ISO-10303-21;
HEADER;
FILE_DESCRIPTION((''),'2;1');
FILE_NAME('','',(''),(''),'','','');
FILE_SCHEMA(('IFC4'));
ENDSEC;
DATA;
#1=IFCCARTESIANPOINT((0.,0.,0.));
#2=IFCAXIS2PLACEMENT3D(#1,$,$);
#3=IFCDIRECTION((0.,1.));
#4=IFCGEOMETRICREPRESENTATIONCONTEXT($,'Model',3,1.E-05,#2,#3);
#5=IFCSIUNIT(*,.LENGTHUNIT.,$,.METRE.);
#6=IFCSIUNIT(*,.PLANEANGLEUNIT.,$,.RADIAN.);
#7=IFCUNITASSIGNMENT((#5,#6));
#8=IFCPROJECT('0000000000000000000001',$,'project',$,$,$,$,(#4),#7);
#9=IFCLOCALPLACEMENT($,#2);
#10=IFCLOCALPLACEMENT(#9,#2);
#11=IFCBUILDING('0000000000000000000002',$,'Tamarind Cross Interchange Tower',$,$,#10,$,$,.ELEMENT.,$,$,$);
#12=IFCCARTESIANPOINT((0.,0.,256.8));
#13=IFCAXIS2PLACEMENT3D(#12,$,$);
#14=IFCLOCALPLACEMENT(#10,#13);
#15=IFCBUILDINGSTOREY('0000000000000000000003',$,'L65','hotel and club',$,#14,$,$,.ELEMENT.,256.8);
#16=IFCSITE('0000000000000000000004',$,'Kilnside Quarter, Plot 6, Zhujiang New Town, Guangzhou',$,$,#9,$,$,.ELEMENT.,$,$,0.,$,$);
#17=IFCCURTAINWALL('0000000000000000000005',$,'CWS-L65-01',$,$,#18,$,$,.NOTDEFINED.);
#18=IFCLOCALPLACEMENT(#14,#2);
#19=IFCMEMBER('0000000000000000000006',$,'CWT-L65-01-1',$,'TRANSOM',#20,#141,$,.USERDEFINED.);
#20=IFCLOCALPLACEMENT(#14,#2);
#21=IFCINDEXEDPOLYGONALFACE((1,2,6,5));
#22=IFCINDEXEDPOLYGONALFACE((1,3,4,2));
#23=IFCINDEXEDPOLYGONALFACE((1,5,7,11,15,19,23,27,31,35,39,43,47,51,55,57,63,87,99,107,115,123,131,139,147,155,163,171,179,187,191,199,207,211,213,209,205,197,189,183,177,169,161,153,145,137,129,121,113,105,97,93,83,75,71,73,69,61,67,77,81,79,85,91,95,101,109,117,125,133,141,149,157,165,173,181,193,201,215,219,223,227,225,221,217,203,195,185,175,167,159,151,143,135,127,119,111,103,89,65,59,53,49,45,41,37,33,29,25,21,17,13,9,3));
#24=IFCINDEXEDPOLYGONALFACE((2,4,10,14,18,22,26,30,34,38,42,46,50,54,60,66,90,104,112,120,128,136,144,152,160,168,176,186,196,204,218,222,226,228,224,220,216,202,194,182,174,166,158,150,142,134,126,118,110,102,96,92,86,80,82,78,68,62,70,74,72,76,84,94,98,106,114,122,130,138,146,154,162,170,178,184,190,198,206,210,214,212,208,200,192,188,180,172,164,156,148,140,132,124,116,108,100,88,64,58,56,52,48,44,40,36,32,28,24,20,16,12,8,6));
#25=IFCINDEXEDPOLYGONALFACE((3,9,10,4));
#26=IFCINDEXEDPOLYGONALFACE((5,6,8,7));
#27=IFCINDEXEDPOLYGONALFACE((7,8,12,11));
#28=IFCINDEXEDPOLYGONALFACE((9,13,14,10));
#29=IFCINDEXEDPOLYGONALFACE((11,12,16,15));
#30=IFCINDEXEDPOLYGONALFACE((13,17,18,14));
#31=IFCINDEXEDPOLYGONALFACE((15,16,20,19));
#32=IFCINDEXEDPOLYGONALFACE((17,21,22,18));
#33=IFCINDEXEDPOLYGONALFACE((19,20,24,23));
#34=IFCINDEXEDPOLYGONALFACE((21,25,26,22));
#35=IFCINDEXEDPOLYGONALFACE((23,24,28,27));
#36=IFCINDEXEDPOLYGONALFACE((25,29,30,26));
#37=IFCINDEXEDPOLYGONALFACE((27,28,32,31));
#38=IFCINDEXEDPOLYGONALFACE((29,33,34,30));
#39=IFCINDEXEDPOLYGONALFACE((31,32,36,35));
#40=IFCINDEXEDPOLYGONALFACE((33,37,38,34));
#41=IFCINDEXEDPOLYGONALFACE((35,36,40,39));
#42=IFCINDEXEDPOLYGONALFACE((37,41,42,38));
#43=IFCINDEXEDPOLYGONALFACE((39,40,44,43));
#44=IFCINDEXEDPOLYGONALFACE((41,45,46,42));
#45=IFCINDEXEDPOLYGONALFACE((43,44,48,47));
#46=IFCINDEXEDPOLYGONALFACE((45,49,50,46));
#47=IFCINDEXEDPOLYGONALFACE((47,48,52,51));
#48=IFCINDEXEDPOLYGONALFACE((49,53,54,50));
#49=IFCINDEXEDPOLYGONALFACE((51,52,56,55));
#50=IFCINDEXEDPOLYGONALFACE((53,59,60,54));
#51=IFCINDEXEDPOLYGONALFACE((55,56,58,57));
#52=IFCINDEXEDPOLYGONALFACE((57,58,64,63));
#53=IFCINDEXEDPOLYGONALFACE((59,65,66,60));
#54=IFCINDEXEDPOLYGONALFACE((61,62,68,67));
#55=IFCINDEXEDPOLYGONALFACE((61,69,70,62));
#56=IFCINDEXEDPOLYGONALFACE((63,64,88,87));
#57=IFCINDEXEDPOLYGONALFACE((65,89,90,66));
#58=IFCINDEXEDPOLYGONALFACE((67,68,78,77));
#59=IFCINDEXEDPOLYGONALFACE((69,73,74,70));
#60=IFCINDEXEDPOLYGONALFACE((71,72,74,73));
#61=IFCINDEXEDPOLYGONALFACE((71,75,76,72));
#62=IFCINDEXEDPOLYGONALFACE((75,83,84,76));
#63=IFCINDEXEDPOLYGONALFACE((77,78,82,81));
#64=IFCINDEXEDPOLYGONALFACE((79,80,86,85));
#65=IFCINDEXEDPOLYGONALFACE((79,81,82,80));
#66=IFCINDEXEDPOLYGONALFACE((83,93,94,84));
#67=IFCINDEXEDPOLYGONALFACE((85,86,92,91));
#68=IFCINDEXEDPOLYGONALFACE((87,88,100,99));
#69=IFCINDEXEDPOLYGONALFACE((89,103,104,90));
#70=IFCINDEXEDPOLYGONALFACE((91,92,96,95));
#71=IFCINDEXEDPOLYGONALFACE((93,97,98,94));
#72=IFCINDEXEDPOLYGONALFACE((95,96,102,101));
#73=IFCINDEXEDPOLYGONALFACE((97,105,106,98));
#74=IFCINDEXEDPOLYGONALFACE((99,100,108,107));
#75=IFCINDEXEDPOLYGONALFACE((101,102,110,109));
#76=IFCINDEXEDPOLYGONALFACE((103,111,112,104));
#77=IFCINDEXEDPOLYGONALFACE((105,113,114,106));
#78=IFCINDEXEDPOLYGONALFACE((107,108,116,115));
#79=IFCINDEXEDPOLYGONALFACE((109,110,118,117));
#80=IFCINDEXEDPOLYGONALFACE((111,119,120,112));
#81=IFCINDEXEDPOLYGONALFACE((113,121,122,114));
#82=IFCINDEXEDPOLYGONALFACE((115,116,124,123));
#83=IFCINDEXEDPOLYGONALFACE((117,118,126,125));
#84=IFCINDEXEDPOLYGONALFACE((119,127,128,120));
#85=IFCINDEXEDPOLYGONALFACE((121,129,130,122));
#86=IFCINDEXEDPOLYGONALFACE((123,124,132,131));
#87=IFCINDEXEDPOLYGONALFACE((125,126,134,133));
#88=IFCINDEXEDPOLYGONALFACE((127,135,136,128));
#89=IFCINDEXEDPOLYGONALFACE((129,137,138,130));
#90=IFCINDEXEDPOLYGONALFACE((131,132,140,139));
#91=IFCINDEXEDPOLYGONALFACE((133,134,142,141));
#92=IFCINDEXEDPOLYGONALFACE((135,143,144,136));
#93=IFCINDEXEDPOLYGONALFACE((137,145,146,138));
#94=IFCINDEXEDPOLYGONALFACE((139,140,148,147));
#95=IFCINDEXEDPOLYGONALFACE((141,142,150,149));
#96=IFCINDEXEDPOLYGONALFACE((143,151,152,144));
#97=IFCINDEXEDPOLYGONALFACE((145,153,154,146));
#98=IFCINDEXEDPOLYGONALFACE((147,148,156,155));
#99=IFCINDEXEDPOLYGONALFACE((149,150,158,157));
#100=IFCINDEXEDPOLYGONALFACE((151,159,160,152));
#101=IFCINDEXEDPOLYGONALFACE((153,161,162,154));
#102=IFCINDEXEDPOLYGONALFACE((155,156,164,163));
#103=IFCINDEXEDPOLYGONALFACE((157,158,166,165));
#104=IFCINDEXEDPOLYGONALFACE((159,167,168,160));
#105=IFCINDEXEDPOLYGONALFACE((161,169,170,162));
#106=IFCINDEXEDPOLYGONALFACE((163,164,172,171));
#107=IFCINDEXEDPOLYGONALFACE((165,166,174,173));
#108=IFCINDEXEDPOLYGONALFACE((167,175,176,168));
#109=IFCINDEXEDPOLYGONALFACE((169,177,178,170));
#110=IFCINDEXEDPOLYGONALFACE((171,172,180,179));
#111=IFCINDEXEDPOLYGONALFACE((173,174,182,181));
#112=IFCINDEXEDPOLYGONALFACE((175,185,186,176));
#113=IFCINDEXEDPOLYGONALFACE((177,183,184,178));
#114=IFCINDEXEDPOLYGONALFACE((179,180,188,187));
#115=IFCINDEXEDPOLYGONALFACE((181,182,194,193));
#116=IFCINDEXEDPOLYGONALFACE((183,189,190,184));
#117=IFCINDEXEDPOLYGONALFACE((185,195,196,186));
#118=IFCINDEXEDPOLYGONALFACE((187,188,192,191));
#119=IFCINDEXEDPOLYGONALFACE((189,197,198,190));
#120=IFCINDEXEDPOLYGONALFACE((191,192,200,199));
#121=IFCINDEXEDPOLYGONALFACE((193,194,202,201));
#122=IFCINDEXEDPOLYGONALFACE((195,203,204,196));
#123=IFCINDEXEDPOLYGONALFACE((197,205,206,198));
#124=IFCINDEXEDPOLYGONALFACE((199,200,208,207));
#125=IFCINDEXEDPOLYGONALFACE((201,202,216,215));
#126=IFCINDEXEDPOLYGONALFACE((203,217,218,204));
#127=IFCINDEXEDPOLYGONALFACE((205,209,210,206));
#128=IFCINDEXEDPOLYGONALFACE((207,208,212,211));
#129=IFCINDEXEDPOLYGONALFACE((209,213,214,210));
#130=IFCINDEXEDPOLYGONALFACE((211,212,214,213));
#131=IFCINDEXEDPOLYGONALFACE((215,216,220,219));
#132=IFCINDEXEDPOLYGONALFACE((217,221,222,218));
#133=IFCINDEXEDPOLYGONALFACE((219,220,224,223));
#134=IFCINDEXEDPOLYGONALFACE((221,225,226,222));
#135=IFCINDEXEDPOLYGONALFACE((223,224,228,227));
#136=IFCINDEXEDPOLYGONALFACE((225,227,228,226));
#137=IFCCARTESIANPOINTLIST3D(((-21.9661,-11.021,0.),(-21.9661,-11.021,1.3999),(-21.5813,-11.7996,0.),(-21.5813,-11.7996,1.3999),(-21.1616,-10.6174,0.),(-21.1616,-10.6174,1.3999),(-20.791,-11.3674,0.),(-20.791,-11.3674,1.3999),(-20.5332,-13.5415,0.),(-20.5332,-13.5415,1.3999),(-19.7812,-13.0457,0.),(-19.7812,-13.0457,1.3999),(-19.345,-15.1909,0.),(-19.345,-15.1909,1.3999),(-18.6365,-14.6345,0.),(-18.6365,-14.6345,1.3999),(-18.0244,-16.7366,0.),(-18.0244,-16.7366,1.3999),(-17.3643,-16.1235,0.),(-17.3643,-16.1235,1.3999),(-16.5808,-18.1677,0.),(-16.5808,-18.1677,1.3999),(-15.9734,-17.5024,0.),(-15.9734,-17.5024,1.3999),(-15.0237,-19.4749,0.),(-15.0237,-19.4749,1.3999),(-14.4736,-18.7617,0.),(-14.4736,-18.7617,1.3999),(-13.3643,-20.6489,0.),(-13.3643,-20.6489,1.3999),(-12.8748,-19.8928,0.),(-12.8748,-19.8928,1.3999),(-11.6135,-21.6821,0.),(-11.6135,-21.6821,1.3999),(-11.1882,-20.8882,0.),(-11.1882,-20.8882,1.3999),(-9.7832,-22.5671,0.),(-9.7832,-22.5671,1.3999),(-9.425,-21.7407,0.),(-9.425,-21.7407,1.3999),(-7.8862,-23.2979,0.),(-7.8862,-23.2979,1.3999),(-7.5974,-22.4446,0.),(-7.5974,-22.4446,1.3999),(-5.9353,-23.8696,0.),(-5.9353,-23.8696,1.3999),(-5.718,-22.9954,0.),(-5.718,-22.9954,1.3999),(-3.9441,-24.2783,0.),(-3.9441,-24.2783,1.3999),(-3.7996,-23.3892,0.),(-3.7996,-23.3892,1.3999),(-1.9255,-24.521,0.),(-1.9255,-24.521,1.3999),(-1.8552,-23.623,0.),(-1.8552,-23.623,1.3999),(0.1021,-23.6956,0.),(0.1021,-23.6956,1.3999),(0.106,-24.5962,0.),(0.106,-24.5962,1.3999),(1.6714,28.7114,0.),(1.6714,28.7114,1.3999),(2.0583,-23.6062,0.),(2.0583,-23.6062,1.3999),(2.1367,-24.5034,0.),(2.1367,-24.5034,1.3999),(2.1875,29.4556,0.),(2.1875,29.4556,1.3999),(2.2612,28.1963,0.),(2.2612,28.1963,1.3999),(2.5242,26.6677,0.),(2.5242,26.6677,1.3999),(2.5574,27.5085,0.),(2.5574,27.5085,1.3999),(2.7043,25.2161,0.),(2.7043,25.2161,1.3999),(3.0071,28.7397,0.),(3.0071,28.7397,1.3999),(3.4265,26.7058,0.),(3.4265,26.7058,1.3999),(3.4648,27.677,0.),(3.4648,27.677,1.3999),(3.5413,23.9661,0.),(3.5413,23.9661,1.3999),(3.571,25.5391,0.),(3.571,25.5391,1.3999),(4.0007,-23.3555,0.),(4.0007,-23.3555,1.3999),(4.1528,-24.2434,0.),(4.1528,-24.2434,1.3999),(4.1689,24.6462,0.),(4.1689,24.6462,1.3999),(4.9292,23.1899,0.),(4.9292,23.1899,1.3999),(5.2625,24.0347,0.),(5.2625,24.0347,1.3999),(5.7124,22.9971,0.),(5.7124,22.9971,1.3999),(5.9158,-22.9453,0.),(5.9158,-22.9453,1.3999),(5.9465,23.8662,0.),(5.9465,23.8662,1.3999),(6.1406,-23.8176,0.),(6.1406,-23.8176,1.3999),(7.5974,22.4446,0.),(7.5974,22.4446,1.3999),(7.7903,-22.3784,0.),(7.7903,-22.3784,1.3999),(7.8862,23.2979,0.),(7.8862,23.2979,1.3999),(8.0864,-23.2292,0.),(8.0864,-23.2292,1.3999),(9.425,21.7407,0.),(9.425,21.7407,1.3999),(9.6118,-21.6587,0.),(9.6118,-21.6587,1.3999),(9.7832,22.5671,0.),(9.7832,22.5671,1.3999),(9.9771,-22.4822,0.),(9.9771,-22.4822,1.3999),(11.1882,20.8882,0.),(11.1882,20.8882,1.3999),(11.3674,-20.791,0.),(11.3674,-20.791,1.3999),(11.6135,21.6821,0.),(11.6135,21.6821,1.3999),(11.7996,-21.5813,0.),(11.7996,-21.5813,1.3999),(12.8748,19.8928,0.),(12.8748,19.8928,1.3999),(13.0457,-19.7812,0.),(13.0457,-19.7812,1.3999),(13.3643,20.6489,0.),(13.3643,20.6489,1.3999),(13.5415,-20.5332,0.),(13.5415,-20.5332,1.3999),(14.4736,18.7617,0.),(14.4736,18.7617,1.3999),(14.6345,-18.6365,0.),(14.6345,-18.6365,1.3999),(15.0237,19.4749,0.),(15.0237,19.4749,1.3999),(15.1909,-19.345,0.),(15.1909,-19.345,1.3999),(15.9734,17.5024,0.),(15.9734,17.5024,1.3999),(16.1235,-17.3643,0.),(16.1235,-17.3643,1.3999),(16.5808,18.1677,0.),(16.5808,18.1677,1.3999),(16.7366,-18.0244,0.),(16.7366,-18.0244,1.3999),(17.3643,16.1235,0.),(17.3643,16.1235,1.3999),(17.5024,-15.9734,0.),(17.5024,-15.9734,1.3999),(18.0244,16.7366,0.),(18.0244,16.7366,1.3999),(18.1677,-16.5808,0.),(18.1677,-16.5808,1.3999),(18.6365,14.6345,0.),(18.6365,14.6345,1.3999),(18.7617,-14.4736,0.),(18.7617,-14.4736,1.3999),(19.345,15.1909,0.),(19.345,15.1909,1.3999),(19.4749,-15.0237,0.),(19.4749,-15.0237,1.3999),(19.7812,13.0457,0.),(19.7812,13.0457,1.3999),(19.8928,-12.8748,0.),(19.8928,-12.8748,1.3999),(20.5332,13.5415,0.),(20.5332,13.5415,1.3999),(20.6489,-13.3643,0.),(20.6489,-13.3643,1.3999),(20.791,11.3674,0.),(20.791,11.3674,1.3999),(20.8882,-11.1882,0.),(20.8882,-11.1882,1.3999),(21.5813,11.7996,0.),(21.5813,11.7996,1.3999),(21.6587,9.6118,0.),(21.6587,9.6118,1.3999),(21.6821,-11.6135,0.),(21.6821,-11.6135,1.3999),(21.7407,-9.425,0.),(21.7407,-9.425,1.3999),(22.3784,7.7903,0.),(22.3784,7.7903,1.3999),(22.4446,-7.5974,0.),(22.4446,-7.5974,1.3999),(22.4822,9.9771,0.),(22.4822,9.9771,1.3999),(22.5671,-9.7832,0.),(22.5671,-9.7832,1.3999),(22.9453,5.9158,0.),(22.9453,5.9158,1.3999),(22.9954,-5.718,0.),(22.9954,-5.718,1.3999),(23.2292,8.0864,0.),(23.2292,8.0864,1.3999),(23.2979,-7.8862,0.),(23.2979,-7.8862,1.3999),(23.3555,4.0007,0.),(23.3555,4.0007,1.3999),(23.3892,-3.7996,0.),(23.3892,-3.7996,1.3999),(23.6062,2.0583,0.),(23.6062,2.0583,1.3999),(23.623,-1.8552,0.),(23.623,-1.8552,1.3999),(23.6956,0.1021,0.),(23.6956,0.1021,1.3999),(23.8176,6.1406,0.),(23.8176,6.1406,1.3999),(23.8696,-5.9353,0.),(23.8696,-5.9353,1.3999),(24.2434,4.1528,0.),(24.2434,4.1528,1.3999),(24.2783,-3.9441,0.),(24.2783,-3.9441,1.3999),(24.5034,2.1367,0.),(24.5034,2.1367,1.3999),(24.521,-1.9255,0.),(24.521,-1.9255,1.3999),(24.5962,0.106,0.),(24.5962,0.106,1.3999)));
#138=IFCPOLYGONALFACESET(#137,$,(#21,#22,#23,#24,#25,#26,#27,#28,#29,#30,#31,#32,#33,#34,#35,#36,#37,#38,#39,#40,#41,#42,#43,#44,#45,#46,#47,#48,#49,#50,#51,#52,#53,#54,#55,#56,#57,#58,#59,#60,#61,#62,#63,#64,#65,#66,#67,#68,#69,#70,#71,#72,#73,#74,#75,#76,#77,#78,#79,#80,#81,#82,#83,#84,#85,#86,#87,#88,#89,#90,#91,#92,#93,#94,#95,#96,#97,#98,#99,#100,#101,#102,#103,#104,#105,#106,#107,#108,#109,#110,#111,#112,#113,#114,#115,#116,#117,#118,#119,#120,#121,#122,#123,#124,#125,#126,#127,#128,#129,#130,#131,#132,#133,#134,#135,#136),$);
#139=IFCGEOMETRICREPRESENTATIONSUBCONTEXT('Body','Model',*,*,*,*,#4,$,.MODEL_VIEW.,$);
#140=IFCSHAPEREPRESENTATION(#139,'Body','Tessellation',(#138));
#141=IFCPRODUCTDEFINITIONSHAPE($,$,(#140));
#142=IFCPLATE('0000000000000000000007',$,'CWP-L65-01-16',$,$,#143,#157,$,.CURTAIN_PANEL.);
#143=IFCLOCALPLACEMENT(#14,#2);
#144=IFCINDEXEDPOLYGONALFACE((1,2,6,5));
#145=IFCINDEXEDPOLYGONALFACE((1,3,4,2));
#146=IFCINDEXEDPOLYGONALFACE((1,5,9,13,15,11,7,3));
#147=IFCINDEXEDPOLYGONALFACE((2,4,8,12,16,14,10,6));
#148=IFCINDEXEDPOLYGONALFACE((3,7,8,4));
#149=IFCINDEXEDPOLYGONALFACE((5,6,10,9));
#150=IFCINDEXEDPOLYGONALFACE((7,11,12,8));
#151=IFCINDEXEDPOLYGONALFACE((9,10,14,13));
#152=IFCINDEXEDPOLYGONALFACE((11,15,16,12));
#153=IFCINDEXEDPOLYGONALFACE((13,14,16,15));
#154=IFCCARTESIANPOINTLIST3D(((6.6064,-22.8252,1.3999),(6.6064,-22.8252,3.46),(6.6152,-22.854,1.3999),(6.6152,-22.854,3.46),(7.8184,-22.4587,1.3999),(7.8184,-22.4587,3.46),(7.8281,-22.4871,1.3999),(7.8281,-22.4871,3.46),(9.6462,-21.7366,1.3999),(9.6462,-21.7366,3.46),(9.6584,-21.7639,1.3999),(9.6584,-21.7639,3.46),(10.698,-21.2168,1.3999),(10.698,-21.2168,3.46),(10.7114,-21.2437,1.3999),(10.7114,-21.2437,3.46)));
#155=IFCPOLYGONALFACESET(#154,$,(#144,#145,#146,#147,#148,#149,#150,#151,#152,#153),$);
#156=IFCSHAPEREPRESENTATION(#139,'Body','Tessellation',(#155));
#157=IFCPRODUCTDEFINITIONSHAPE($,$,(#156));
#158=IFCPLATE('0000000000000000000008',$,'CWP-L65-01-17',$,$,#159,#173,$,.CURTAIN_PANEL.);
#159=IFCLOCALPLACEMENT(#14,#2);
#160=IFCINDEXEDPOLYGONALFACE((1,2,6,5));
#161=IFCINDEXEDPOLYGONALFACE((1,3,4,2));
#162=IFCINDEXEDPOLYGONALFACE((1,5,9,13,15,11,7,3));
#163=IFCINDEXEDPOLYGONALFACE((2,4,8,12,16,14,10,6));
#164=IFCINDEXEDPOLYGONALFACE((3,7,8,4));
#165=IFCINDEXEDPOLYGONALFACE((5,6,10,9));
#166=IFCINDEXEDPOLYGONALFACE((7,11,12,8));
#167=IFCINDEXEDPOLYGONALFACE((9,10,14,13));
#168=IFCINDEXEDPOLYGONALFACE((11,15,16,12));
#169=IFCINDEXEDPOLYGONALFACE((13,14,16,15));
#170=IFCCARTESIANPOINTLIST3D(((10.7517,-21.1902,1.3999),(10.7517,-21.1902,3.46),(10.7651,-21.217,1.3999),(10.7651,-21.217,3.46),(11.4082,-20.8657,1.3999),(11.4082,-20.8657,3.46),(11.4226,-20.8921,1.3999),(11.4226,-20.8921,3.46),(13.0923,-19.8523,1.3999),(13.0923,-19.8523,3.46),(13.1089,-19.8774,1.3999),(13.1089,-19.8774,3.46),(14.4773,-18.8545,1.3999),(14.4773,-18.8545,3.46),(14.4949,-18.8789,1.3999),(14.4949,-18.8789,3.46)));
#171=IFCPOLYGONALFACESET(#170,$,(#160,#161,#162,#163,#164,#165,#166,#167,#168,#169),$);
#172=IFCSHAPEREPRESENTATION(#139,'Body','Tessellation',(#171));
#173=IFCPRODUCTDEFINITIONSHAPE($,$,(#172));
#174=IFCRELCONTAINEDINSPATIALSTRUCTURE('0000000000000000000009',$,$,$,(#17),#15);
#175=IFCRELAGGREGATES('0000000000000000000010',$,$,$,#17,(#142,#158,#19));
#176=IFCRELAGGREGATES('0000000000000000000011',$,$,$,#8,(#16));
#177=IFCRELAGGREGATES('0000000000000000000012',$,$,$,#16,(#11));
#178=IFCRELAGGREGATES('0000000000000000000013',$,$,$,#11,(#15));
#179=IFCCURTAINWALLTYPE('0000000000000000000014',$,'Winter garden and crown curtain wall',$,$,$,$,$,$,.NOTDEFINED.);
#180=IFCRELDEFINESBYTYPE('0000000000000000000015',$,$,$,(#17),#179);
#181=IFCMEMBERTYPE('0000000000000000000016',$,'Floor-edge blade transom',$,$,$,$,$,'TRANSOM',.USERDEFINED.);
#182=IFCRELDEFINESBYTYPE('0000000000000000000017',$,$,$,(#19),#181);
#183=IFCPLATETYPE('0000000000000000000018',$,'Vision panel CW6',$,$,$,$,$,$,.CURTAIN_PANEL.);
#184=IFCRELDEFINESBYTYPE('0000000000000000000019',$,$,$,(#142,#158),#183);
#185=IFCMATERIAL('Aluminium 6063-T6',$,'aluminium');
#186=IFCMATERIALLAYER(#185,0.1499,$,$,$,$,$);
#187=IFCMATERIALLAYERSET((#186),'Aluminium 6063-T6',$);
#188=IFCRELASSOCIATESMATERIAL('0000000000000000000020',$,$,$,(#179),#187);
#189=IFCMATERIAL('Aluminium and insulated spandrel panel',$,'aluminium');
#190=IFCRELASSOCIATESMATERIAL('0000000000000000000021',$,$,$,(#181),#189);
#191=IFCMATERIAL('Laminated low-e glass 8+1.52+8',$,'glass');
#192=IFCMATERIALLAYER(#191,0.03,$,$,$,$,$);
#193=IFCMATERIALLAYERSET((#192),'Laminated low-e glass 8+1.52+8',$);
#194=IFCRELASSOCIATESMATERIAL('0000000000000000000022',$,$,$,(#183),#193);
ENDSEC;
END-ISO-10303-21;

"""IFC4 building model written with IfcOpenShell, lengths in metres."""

from ifc_helpers import new_model, si_unit, direction, frame, origin, place, context, subcontext, project, spatial, polyline, outline, extrude, material, layer, layer_set, type_object, element, aggregate, save


model = new_model("IFC4")

# Units and contexts
model_context = context("Model", 3, precision=1e-05, world=origin(), true_north=direction((0.0, 1.0)))
body_context = subcontext(model_context, "Body", "Model", "MODEL_VIEW")
ifc_project = project(units=[si_unit("LENGTHUNIT", "METRE"), si_unit("PLANEANGLEUNIT", "RADIAN")], contexts=[model_context])

# Site, building, storey
site_placement = place(None, origin())
site = spatial("IfcSite", under=ifc_project, at=site_placement, Name="Kilnside Quarter, Plot 6, Zhujiang New Town, Guangzhou", CompositionType="ELEMENT", RefElevation=0.0)
building_placement = place(site_placement, origin())
building = spatial("IfcBuilding", under=site, at=building_placement, Name="Tamarind Cross Interchange Tower", CompositionType="ELEMENT")
storey_placement = place(building_placement, frame((0.0, 0.0, 256.8)))
storey = spatial("IfcBuildingStorey", under=building, at=storey_placement, Name="L65", Description="hotel and club", CompositionType="ELEMENT", Elevation=256.8)

# Curtain wall, member, plates
ifc_material_1 = material(Name="Aluminium 6063-T6", Category="aluminium")
ifc_layer_1 = layer(ifc_material_1, 0.1499)
ifc_layer_set_1 = layer_set([ifc_layer_1], Name="Aluminium 6063-T6")
curtain_wall_type = type_object("IfcCurtainWallType", Name="Winter garden and crown curtain wall", PredefinedType="NOTDEFINED", material=ifc_layer_set_1)
curtain_wall_placement = place(storey_placement, origin())
curtain_wall = element("IfcCurtainWall", 1, at=curtain_wall_placement, inside=storey, type_object=curtain_wall_type, Name="CWS-L65-01", PredefinedType="NOTDEFINED")
ifc_material_2 = material(Name="Aluminium and insulated spandrel panel", Category="aluminium")
member_type = type_object("IfcMemberType", Name="Floor-edge blade transom", ElementType="TRANSOM", PredefinedType="USERDEFINED", material=ifc_material_2)
member_1_placement = place(storey_placement, origin())
member_1 = element("IfcMember", 2, at=member_1_placement, type_object=member_type, Name="CWT-L65-01-1", ObjectType="TRANSOM", PredefinedType="USERDEFINED", context=body_context, shape_type="SweptSolid", body=[
    extrude(outline(polyline([(-21.1616, -10.6174), (-20.791, -11.3674), (-19.7812, -13.0457), (-18.6365, -14.6345), (-17.3643, -16.1235), (-15.9734, -17.5024), (-14.4736, -18.7617), (-12.8748, -19.8928), (-11.1882, -20.8882), (-9.425, -21.7407), (-7.5974, -22.4446), (-5.718, -22.9954), (-3.7996, -23.3892), (-1.8552, -23.623), (0.1021, -23.6956), (2.0583, -23.6062), (4.0007, -23.3555), (5.9158, -22.9453), (7.7903, -22.3784), (9.6118, -21.6587), (11.3674, -20.791), (13.0457, -19.7812), (14.6345, -18.6365), (16.1235, -17.3643), (17.5024, -15.9734), (18.7617, -14.4736), (19.8928, -12.8748), (20.8882, -11.1882), (21.7407, -9.425), (22.4446, -7.5974), (22.9954, -5.718), (23.3892, -3.7996), (23.623, -1.8552), (23.6956, 0.1021), (23.6062, 2.0583), (23.3555, 4.0007), (22.9453, 5.9158), (22.3784, 7.7903), (21.6587, 9.6118), (20.791, 11.3674), (19.7812, 13.0457), (18.6365, 14.6345), (17.3643, 16.1235), (15.9734, 17.5024), (14.4736, 18.7617), (12.8748, 19.8928), (11.1882, 20.8882), (9.425, 21.7407), (7.5974, 22.4446), (5.7124, 22.9971), (4.9292, 23.1899), (3.5413, 23.9661), (2.7043, 25.2161), (2.5242, 26.6677), (2.5574, 27.5085), (2.2612, 28.1963), (1.6714, 28.7114), (2.1875, 29.4556), (3.0071, 28.7397), (3.4648, 27.677), (3.4265, 26.7058), (3.571, 25.5391), (4.1689, 24.6462), (5.2625, 24.0347), (5.9465, 23.8662), (7.8862, 23.2979), (9.7832, 22.5671), (11.6135, 21.6821), (13.3643, 20.6489), (15.0237, 19.4749), (16.5808, 18.1677), (18.0244, 16.7366), (19.345, 15.1909), (20.5332, 13.5415), (21.5813, 11.7996), (22.4822, 9.9771), (23.2292, 8.0864), (23.8176, 6.1406), (24.2434, 4.1528), (24.5034, 2.1367), (24.5962, 0.106), (24.521, -1.9255), (24.2783, -3.9441), (23.8696, -5.9353), (23.2979, -7.8862), (22.5671, -9.7832), (21.6821, -11.6135), (20.6489, -13.3643), (19.4749, -15.0237), (18.1677, -16.5808), (16.7366, -18.0244), (15.1909, -19.345), (13.5415, -20.5332), (11.7996, -21.5813), (9.9771, -22.4822), (8.0864, -23.2292), (6.1406, -23.8176), (4.1528, -24.2434), (2.1367, -24.5034), (0.106, -24.5962), (-1.9255, -24.521), (-3.9441, -24.2783), (-5.9353, -23.8696), (-7.8862, -23.2979), (-9.7832, -22.5671), (-11.6135, -21.6821), (-13.3643, -20.6489), (-15.0237, -19.4749), (-16.5808, -18.1677), (-18.0244, -16.7366), (-19.345, -15.1909), (-20.5332, -13.5415), (-21.5813, -11.7996), (-21.9661, -11.021), (-21.1616, -10.6174)])), origin(), (0.0, 0.0, 1.0), 1.3999),
])
ifc_material_3 = material(Name="Laminated low-e glass 8+1.52+8", Category="glass")
ifc_layer_2 = layer(ifc_material_3, 0.03)
ifc_layer_set_2 = layer_set([ifc_layer_2], Name="Laminated low-e glass 8+1.52+8")
plate_type = type_object("IfcPlateType", Name="Vision panel CW6", PredefinedType="CURTAIN_PANEL", material=ifc_layer_set_2)
plate_1_placement = place(storey_placement, frame((0.0, 0.0, 1.3999)))
plate_1 = element("IfcPlate", 3, at=plate_1_placement, type_object=plate_type, Name="CWP-L65-01-16", PredefinedType="CURTAIN_PANEL", context=body_context, shape_type="SweptSolid", body=[
    extrude(outline(polyline([(6.6064, -22.8252), (7.8184, -22.4587), (9.6462, -21.7366), (10.698, -21.2168), (10.7114, -21.2437), (9.6584, -21.7639), (7.8281, -22.4871), (6.6152, -22.854), (6.6064, -22.8252)])), origin(), (0.0, 0.0, 1.0), 2.0601),
])
plate_2_placement = place(storey_placement, frame((0.0, 0.0, 1.3999)))
plate_2 = element("IfcPlate", 4, at=plate_2_placement, type_object=plate_type, Name="CWP-L65-01-17", PredefinedType="CURTAIN_PANEL", context=body_context, shape_type="SweptSolid", body=[
    extrude(outline(polyline([(10.7517, -21.1902), (11.4082, -20.8657), (13.0923, -19.8523), (14.4773, -18.8545), (14.4949, -18.8789), (13.1089, -19.8774), (11.4226, -20.8921), (10.7651, -21.217), (10.7517, -21.1902)])), origin(), (0.0, 0.0, 1.0), 2.0601),
])
aggregate(curtain_wall, [plate_1, plate_2, member_1])

save(model, "model.ifc")
